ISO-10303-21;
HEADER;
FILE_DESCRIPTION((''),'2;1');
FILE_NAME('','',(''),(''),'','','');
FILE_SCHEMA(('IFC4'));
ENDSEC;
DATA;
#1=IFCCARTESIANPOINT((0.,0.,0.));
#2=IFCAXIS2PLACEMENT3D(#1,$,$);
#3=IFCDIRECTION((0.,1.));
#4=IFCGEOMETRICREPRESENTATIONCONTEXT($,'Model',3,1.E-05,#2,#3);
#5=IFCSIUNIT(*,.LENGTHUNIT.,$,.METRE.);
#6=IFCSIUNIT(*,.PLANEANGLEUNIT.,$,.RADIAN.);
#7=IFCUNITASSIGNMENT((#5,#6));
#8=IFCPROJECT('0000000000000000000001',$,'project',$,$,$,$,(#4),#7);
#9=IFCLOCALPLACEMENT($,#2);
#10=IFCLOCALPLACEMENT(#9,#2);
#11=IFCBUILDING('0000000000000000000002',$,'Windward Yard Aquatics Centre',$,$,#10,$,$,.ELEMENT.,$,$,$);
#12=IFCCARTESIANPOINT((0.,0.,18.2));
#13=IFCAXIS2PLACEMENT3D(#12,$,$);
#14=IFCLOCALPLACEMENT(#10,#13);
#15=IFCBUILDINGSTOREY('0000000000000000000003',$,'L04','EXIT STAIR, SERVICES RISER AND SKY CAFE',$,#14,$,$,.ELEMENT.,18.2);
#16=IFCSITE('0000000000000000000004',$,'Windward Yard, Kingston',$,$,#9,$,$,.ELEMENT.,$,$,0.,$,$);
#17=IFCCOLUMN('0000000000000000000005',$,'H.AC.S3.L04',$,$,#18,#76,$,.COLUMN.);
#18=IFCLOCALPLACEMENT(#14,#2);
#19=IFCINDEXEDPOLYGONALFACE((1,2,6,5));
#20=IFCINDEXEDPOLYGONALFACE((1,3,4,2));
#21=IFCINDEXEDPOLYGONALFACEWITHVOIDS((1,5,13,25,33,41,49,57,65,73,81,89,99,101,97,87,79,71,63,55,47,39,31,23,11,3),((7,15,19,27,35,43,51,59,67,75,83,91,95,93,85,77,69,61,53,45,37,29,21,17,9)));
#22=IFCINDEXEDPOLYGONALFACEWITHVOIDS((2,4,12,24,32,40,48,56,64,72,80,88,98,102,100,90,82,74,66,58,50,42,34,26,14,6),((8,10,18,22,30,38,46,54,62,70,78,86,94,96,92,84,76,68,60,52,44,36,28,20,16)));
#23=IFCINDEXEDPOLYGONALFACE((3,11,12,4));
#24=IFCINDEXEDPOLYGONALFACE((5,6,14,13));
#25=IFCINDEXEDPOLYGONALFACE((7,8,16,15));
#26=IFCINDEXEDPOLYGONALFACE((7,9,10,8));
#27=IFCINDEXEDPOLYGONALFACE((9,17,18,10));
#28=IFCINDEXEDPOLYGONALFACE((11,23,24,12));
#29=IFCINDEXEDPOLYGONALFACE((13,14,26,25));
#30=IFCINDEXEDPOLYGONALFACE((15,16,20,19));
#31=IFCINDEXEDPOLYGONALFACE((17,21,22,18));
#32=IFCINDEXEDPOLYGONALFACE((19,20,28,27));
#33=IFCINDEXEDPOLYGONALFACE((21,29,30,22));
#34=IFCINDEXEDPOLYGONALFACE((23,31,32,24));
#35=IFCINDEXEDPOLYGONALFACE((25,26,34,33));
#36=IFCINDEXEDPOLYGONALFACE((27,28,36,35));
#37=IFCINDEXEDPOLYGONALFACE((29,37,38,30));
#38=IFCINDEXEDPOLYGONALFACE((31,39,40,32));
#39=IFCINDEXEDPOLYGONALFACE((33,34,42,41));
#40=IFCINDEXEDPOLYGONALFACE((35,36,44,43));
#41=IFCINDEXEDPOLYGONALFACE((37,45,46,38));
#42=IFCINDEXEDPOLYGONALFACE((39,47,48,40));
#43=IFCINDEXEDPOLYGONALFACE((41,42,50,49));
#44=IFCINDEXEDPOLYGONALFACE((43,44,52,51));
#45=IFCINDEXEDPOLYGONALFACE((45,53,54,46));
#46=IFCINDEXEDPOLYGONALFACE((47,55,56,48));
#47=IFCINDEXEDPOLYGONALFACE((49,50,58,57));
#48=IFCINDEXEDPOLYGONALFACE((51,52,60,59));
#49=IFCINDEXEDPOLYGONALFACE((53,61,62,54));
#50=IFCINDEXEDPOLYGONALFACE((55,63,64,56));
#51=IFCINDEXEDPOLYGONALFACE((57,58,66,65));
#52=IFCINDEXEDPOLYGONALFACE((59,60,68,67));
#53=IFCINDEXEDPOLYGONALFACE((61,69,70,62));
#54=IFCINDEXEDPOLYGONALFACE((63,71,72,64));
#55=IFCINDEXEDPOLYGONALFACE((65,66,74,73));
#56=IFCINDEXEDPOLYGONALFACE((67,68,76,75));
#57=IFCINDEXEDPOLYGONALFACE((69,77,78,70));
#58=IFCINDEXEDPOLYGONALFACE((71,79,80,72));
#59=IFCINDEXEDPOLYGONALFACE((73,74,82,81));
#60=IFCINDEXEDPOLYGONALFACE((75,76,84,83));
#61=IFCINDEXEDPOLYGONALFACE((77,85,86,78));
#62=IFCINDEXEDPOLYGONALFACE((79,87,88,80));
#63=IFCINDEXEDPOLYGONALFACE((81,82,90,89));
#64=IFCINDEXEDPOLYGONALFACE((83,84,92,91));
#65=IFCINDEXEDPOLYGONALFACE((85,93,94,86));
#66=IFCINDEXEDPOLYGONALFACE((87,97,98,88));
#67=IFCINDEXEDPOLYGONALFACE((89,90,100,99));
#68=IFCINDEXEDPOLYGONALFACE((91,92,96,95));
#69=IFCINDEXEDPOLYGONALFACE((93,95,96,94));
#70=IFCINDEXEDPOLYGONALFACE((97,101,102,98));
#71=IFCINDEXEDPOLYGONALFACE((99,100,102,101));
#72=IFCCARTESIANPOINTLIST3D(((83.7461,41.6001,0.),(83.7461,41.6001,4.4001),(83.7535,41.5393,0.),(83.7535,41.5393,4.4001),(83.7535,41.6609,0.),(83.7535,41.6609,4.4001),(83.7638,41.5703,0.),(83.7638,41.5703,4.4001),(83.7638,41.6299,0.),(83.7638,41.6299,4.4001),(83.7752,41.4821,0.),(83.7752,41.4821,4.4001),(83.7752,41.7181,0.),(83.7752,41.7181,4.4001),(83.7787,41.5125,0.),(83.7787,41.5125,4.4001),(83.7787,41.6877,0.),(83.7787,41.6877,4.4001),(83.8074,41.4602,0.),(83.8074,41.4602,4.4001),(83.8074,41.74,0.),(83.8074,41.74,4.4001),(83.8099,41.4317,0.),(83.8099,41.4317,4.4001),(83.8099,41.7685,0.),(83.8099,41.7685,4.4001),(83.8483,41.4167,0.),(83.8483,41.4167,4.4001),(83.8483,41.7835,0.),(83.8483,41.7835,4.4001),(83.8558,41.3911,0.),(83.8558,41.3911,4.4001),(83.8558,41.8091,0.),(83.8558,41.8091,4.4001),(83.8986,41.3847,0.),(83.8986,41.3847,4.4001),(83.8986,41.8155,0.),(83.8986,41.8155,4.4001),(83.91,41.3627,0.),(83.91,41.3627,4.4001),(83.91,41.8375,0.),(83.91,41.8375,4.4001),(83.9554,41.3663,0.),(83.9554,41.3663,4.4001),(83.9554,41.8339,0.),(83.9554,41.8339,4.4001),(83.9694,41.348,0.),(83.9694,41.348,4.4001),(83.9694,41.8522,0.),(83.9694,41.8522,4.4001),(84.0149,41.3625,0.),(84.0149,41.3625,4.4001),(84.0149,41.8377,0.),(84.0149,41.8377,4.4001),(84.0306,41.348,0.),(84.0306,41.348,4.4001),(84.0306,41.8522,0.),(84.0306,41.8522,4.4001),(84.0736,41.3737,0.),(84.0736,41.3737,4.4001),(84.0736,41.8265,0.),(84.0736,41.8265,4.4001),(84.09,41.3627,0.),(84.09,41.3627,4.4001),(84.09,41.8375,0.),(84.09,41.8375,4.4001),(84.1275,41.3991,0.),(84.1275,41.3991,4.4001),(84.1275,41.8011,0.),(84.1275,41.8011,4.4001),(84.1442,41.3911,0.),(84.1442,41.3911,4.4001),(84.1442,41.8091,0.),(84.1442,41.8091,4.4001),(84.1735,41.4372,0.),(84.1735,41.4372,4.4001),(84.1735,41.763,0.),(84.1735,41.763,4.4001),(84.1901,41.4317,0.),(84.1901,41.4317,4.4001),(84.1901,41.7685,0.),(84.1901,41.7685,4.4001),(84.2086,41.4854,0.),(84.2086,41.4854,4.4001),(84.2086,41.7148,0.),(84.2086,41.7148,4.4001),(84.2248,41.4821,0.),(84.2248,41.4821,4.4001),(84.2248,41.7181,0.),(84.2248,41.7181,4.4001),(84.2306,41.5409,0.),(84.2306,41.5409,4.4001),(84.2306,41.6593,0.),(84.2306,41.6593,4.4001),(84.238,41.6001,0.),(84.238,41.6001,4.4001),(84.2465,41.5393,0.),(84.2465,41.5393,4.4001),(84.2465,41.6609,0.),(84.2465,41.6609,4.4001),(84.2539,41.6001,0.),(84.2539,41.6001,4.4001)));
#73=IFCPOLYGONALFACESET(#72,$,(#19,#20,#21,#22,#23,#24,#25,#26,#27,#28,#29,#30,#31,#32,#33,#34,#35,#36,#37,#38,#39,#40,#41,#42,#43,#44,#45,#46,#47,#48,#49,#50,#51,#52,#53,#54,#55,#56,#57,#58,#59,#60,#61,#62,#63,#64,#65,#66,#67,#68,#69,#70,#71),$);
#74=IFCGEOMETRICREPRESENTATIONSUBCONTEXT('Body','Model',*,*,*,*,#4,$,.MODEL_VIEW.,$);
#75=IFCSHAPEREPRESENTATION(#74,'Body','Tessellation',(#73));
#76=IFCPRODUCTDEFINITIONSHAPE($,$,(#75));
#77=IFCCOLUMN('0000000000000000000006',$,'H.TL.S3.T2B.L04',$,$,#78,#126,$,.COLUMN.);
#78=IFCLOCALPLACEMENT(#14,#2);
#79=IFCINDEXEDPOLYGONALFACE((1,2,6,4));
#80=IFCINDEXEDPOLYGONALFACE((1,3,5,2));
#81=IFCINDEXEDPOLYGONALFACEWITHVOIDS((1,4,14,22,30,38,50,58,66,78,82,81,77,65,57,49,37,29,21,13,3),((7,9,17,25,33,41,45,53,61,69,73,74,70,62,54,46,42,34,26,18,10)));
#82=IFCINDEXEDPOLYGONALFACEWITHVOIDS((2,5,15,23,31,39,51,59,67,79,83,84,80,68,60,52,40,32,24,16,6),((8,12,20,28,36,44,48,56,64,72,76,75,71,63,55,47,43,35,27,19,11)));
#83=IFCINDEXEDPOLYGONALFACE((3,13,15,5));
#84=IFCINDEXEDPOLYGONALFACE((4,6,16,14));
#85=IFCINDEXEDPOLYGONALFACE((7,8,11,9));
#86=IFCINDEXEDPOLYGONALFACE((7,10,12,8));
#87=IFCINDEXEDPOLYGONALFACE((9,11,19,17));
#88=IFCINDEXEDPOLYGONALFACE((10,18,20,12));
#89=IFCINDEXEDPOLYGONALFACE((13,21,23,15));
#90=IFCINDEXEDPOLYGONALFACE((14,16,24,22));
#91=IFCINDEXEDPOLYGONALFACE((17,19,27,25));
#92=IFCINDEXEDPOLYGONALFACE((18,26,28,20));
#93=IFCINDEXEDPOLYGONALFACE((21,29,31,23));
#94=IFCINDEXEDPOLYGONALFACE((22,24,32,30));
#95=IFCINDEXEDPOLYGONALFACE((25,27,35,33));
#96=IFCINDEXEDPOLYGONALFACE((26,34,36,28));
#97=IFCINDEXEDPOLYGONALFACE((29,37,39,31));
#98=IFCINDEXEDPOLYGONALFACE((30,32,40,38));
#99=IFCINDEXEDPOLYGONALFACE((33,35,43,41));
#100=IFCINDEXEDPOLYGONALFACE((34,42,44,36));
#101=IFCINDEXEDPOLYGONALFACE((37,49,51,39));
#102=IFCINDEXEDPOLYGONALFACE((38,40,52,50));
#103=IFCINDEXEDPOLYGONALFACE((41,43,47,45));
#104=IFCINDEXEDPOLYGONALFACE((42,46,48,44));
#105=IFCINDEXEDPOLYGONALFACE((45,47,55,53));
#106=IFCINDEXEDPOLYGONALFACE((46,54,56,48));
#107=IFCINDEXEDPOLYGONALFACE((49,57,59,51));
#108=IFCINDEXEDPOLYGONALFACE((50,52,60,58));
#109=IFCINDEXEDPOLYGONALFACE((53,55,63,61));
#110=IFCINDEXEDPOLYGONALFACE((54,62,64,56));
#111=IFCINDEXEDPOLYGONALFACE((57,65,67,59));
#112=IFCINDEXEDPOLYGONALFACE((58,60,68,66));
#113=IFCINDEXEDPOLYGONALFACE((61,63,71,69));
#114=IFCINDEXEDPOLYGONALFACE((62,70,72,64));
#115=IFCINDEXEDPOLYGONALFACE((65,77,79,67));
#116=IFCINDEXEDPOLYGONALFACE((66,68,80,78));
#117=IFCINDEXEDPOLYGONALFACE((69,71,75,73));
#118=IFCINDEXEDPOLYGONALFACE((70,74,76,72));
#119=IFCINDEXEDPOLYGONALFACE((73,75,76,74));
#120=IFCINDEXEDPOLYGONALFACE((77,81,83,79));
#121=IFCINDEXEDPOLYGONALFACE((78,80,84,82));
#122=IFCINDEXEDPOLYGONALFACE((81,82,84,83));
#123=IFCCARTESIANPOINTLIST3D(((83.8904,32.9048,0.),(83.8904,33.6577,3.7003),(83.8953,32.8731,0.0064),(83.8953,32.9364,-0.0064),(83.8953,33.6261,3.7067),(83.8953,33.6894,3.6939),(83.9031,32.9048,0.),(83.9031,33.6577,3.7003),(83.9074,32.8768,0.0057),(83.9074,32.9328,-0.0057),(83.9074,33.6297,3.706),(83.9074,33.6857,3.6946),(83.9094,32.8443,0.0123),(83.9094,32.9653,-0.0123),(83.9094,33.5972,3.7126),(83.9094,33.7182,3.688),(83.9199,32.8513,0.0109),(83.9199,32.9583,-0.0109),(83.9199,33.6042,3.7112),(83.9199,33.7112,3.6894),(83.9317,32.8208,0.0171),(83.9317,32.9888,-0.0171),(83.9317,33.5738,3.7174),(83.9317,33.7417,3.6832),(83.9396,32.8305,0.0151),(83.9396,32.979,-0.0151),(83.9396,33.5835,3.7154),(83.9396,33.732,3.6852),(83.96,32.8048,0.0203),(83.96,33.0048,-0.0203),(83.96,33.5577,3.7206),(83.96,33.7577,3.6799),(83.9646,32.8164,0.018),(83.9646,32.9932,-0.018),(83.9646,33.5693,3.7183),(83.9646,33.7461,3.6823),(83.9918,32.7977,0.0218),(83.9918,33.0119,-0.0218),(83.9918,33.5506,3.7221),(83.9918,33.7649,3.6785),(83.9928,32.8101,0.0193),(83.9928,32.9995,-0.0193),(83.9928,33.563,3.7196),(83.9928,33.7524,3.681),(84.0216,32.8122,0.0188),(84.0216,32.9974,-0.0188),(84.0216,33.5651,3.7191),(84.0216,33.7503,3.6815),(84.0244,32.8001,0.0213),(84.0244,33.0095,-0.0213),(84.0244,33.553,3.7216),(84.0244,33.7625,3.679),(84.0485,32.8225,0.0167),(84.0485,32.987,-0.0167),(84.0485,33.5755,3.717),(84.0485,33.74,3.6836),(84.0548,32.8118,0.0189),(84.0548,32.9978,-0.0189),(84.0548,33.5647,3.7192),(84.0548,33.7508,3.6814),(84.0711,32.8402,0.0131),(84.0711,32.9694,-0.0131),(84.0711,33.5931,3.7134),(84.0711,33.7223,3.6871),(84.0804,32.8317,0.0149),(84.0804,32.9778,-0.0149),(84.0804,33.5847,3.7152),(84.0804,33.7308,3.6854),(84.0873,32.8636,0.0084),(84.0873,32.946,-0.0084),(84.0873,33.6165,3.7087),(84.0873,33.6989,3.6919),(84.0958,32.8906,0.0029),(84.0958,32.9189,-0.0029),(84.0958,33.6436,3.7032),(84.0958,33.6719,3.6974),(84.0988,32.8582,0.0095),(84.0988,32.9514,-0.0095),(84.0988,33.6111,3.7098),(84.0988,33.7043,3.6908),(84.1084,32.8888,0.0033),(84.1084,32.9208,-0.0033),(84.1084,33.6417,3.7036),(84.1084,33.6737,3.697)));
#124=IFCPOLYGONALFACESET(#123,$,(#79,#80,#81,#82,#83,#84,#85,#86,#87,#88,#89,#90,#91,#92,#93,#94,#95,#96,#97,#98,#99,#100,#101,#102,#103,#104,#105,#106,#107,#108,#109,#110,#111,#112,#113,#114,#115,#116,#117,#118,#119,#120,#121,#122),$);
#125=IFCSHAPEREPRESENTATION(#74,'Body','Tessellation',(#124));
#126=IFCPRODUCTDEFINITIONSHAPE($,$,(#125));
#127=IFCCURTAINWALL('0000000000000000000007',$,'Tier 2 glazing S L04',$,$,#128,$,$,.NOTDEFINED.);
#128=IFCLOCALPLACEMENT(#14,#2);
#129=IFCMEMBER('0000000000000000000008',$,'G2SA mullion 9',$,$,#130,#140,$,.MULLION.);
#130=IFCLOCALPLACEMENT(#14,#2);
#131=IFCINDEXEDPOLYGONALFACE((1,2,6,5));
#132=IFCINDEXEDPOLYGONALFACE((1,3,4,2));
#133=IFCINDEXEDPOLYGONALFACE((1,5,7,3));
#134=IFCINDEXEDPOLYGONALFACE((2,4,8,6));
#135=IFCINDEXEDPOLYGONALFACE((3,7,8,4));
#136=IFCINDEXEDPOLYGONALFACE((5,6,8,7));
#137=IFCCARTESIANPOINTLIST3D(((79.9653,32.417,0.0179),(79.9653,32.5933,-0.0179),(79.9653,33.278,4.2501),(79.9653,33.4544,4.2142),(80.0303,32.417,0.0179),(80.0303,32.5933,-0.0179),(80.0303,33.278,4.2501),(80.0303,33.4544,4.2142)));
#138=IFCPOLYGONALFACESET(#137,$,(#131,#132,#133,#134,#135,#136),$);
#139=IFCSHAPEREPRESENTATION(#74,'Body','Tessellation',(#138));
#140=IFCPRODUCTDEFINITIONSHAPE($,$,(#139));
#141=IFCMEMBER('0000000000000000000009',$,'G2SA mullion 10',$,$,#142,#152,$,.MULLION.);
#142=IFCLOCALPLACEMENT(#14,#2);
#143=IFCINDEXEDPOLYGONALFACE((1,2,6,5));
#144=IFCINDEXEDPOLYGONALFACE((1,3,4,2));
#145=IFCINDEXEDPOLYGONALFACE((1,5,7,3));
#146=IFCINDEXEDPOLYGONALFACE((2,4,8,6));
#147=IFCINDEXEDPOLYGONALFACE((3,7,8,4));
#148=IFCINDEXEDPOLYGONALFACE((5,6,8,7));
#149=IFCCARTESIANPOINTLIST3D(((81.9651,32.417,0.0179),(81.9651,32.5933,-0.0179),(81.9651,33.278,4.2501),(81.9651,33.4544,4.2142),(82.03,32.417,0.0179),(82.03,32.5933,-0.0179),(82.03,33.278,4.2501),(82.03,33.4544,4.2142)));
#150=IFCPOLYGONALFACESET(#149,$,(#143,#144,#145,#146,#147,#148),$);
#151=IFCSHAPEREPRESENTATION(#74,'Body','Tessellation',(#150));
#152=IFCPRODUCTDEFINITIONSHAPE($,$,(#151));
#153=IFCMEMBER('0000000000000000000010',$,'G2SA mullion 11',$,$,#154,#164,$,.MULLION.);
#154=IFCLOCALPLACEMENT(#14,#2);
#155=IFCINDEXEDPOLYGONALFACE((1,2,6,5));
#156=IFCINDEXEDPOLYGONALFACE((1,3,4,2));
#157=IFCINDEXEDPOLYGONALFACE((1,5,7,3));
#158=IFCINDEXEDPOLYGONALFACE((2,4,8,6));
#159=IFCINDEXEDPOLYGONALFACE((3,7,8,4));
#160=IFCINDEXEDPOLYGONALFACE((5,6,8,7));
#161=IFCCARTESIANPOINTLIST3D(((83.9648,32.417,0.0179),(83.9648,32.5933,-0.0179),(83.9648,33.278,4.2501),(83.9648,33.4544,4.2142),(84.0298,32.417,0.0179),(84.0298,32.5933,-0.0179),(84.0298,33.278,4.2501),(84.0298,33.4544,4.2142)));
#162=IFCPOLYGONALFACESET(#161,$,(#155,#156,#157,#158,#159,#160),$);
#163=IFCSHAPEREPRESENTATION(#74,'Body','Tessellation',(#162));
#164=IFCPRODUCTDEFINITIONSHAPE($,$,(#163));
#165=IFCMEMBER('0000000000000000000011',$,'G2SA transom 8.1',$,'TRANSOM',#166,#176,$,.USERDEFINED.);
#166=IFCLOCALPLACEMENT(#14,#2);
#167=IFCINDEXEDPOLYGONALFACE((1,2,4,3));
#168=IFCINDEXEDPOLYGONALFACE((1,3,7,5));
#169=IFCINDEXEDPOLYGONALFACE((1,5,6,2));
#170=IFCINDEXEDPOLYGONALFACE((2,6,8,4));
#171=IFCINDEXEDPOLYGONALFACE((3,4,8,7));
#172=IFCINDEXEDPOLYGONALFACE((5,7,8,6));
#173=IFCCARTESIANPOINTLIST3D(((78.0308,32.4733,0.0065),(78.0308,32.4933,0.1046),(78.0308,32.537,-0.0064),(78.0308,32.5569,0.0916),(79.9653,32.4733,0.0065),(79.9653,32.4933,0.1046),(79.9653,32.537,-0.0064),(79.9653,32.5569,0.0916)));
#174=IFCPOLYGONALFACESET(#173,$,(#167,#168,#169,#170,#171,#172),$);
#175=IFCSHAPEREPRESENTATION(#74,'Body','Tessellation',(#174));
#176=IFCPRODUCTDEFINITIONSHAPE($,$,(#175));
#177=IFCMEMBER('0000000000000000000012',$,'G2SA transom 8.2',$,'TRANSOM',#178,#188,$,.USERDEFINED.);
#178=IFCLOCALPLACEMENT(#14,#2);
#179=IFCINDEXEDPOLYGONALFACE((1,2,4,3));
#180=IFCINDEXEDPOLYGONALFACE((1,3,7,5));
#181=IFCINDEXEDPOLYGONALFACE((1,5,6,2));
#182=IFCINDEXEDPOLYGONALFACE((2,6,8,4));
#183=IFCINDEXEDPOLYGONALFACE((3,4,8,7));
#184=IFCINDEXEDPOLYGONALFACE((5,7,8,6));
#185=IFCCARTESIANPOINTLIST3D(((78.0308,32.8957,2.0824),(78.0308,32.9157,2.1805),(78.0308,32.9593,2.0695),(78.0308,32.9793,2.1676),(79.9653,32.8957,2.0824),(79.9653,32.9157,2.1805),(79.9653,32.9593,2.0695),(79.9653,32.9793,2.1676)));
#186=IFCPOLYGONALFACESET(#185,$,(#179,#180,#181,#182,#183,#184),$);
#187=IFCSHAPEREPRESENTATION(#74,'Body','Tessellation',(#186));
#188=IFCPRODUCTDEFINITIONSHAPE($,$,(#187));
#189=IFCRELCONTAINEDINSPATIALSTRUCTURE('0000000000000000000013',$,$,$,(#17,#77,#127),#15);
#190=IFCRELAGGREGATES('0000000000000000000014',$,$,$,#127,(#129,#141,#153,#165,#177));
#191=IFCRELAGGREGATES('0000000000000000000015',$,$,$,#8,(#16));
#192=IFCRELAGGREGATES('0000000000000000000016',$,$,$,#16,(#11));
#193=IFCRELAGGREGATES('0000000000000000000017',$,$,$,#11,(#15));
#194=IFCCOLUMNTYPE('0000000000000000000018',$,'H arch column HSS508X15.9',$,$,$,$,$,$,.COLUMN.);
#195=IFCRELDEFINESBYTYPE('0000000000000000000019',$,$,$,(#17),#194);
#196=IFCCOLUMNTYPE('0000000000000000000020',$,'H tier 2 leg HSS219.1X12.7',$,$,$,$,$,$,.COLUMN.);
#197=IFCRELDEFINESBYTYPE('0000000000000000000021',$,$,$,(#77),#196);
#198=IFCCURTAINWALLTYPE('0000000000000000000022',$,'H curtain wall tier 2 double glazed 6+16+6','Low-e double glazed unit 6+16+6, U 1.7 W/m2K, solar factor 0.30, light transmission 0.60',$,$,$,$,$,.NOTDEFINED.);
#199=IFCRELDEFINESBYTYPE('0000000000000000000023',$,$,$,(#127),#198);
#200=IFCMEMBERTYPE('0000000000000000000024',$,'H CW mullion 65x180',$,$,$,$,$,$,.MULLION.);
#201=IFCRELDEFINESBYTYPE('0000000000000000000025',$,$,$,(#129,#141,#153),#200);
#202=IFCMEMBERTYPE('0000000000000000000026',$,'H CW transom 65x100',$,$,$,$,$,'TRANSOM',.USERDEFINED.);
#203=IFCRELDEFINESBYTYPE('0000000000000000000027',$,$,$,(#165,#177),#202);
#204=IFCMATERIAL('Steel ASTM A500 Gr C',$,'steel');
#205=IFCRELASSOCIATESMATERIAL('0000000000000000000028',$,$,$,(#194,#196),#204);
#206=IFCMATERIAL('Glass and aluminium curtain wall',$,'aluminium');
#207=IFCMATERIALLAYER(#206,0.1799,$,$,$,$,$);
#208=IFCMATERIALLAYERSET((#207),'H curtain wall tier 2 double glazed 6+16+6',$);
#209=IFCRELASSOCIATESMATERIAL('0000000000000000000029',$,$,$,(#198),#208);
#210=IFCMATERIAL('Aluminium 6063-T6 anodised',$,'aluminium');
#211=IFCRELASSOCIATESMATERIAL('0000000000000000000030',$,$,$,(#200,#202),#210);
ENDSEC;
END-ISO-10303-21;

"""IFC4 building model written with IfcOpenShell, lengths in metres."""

from ifc_helpers import new_model, si_unit, direction, frame, origin, origin_2d, place, context, subcontext, project, spatial, rectangle, hollow_circle, extrude, material, layer, layer_set, material_profile, profile_set, type_object, element, aggregate, save


model = new_model("IFC4")

# Units and contexts
model_context = context("Model", 3, precision=1e-05, world=origin(), true_north=direction((0.0, 1.0)))
body_context = subcontext(model_context, "Body", "Model", "MODEL_VIEW")
ifc_project = project(units=[si_unit("LENGTHUNIT", "METRE"), si_unit("PLANEANGLEUNIT", "RADIAN")], contexts=[model_context])

# Site, building, storey
site_placement = place(None, origin())
site = spatial("IfcSite", under=ifc_project, at=site_placement, Name="Windward Yard, Kingston", CompositionType="ELEMENT", RefElevation=0.0)
building_placement = place(site_placement, origin())
building = spatial("IfcBuilding", under=site, at=building_placement, Name="Windward Yard Aquatics Centre", CompositionType="ELEMENT")
storey_placement = place(building_placement, frame((0.0, 0.0, 18.2)))
storey = spatial("IfcBuildingStorey", under=building, at=storey_placement, Name="L04", Description="EXIT STAIR, SERVICES RISER AND SKY CAFE", CompositionType="ELEMENT", Elevation=18.2)

# Columns
ifc_material_1 = material(Name="Steel ASTM A500 Gr C", Category="steel")
ifc_material_profile_1 = material_profile(ifc_material_1, hollow_circle(Radius=0.2539, WallThickness=0.0159, at=origin_2d()), Name="HSS508X15.9")
ifc_profile_set_1 = profile_set([ifc_material_profile_1], Name="Steel ASTM A500 Gr C")
column_type_1 = type_object("IfcColumnType", Name="H arch column HSS508X15.9", PredefinedType="COLUMN", material=ifc_profile_set_1)
column_1_placement = place(storey_placement, frame((84.0, 41.6001, 0.0), z_axis=(0.0, 0.0, 1.0), x_axis=(1.0, 0.0, 0.0)))
element("IfcColumn", 1, at=column_1_placement, inside=storey, type_object=column_type_1, Name="H.AC.S3.L04", PredefinedType="COLUMN", context=body_context, shape_type="SweptSolid", body=[
    extrude(hollow_circle(Radius=0.2539, WallThickness=0.0159, at=origin_2d()), origin(), (0.0, 0.0, 1.0), 4.4001),
])
ifc_material_profile_2 = material_profile(ifc_material_1, hollow_circle(Radius=0.1096, WallThickness=0.0127, at=origin_2d()), Name="HSS219.1X12.7")
ifc_profile_set_2 = profile_set([ifc_material_profile_2], Name="Steel ASTM A500 Gr C")
column_type_2 = type_object("IfcColumnType", Name="H tier 2 leg HSS219.1X12.7", PredefinedType="COLUMN", material=ifc_profile_set_2)
column_2_placement = place(storey_placement, frame((84.0, 32.9048, 0.0), z_axis=(0.0, 0.199398, 0.979919), x_axis=(-1.0, 0.0, 0.0)))
element("IfcColumn", 2, at=column_2_placement, inside=storey, type_object=column_type_2, Name="H.TL.S3.T2B.L04", PredefinedType="COLUMN", context=body_context, shape_type="SweptSolid", body=[
    extrude(hollow_circle(Radius=0.1096, WallThickness=0.0127, at=origin_2d()), origin(), (0.0, 0.0, 1.0), 3.7761),
])

# Curtain wall, members
ifc_material_2 = material(Name="Glass and aluminium curtain wall", Category="aluminium")
ifc_layer_1 = layer(ifc_material_2, 0.1799)
ifc_layer_set_1 = layer_set([ifc_layer_1], Name="H curtain wall tier 2 double glazed 6+16+6")
curtain_wall_type = type_object("IfcCurtainWallType", Name="H curtain wall tier 2 double glazed 6+16+6", Description="Low-e double glazed unit 6+16+6, U 1.7 W/m2K, solar factor 0.30, light transmission 0.60", PredefinedType="NOTDEFINED", material=ifc_layer_set_1)
curtain_wall_placement = place(storey_placement, origin())
curtain_wall = element("IfcCurtainWall", 3, at=curtain_wall_placement, inside=storey, type_object=curtain_wall_type, Name="Tier 2 glazing S L04", PredefinedType="NOTDEFINED")
ifc_material_3 = material(Name="Aluminium 6063-T6 anodised", Category="aluminium")
ifc_material_profile_3 = material_profile(ifc_material_3, rectangle(XDim=0.0649, YDim=0.1799, at=origin_2d()), Name="H CW mullion 65x180")
ifc_profile_set_3 = profile_set([ifc_material_profile_3], Name="Aluminium 6063-T6 anodised")
member_type_1 = type_object("IfcMemberType", Name="H CW mullion 65x180", PredefinedType="MULLION", material=ifc_profile_set_3)
member_1_placement = place(storey_placement, frame((79.9978, 32.5051, 0.0), z_axis=(0.0, 0.199376, 0.979923), x_axis=(-1.0, 0.0, 0.0)))
member_1 = element("IfcMember", 4, at=member_1_placement, type_object=member_type_1, Name="G2SA mullion 9", PredefinedType="MULLION", context=body_context, shape_type="SweptSolid", body=[
    extrude(rectangle(XDim=0.0649, YDim=0.1799, at=origin_2d()), origin(), (0.0, 0.0, 1.0), 4.3188),
])
member_2_placement = place(storey_placement, frame((81.9976, 32.5051, 0.0), z_axis=(0.0, 0.199376, 0.979923), x_axis=(-1.0, 0.0, 0.0)))
member_2 = element("IfcMember", 5, at=member_2_placement, type_object=member_type_1, Name="G2SA mullion 10", PredefinedType="MULLION", context=body_context, shape_type="SweptSolid", body=[
    extrude(rectangle(XDim=0.0649, YDim=0.1799, at=origin_2d()), origin(), (0.0, 0.0, 1.0), 4.3188),
])
member_3_placement = place(storey_placement, frame((83.9973, 32.5051, 0.0), z_axis=(0.0, 0.199376, 0.979923), x_axis=(-1.0, 0.0, 0.0)))
member_3 = element("IfcMember", 6, at=member_3_placement, type_object=member_type_1, Name="G2SA mullion 11", PredefinedType="MULLION", context=body_context, shape_type="SweptSolid", body=[
    extrude(rectangle(XDim=0.0649, YDim=0.1799, at=origin_2d()), origin(), (0.0, 0.0, 1.0), 4.3188),
])
ifc_material_profile_4 = material_profile(ifc_material_3, rectangle(XDim=0.0649, YDim=0.1001, at=origin_2d()), Name="H CW transom 65x100")
ifc_profile_set_4 = profile_set([ifc_material_profile_4], Name="Aluminium 6063-T6 anodised")
member_type_2 = type_object("IfcMemberType", Name="H CW transom 65x100", ElementType="TRANSOM", PredefinedType="USERDEFINED", material=ifc_profile_set_4)
member_4_placement = place(storey_placement, frame((78.0308, 32.5151, 0.0491), z_axis=(1.0, 0.0, 0.0), x_axis=(0.0, -0.979925, 0.199368)))
member_4 = element("IfcMember", 7, at=member_4_placement, type_object=member_type_2, Name="G2SA transom 8.1", ObjectType="TRANSOM", PredefinedType="USERDEFINED", context=body_context, shape_type="SweptSolid", body=[
    extrude(rectangle(XDim=0.0649, YDim=0.1001, at=origin_2d()), origin(), (0.0, 0.0, 1.0), 1.9346),
])
member_5_placement = place(storey_placement, frame((78.0308, 32.9375, 2.125), z_axis=(1.0, 0.0, 0.0), x_axis=(0.0, -0.979925, 0.199368)))
member_5 = element("IfcMember", 8, at=member_5_placement, type_object=member_type_2, Name="G2SA transom 8.2", ObjectType="TRANSOM", PredefinedType="USERDEFINED", context=body_context, shape_type="SweptSolid", body=[
    extrude(rectangle(XDim=0.0649, YDim=0.1001, at=origin_2d()), origin(), (0.0, 0.0, 1.0), 1.9346),
])
aggregate(curtain_wall, [member_1, member_2, member_3, member_4, member_5])

save(model, "model.ifc")
